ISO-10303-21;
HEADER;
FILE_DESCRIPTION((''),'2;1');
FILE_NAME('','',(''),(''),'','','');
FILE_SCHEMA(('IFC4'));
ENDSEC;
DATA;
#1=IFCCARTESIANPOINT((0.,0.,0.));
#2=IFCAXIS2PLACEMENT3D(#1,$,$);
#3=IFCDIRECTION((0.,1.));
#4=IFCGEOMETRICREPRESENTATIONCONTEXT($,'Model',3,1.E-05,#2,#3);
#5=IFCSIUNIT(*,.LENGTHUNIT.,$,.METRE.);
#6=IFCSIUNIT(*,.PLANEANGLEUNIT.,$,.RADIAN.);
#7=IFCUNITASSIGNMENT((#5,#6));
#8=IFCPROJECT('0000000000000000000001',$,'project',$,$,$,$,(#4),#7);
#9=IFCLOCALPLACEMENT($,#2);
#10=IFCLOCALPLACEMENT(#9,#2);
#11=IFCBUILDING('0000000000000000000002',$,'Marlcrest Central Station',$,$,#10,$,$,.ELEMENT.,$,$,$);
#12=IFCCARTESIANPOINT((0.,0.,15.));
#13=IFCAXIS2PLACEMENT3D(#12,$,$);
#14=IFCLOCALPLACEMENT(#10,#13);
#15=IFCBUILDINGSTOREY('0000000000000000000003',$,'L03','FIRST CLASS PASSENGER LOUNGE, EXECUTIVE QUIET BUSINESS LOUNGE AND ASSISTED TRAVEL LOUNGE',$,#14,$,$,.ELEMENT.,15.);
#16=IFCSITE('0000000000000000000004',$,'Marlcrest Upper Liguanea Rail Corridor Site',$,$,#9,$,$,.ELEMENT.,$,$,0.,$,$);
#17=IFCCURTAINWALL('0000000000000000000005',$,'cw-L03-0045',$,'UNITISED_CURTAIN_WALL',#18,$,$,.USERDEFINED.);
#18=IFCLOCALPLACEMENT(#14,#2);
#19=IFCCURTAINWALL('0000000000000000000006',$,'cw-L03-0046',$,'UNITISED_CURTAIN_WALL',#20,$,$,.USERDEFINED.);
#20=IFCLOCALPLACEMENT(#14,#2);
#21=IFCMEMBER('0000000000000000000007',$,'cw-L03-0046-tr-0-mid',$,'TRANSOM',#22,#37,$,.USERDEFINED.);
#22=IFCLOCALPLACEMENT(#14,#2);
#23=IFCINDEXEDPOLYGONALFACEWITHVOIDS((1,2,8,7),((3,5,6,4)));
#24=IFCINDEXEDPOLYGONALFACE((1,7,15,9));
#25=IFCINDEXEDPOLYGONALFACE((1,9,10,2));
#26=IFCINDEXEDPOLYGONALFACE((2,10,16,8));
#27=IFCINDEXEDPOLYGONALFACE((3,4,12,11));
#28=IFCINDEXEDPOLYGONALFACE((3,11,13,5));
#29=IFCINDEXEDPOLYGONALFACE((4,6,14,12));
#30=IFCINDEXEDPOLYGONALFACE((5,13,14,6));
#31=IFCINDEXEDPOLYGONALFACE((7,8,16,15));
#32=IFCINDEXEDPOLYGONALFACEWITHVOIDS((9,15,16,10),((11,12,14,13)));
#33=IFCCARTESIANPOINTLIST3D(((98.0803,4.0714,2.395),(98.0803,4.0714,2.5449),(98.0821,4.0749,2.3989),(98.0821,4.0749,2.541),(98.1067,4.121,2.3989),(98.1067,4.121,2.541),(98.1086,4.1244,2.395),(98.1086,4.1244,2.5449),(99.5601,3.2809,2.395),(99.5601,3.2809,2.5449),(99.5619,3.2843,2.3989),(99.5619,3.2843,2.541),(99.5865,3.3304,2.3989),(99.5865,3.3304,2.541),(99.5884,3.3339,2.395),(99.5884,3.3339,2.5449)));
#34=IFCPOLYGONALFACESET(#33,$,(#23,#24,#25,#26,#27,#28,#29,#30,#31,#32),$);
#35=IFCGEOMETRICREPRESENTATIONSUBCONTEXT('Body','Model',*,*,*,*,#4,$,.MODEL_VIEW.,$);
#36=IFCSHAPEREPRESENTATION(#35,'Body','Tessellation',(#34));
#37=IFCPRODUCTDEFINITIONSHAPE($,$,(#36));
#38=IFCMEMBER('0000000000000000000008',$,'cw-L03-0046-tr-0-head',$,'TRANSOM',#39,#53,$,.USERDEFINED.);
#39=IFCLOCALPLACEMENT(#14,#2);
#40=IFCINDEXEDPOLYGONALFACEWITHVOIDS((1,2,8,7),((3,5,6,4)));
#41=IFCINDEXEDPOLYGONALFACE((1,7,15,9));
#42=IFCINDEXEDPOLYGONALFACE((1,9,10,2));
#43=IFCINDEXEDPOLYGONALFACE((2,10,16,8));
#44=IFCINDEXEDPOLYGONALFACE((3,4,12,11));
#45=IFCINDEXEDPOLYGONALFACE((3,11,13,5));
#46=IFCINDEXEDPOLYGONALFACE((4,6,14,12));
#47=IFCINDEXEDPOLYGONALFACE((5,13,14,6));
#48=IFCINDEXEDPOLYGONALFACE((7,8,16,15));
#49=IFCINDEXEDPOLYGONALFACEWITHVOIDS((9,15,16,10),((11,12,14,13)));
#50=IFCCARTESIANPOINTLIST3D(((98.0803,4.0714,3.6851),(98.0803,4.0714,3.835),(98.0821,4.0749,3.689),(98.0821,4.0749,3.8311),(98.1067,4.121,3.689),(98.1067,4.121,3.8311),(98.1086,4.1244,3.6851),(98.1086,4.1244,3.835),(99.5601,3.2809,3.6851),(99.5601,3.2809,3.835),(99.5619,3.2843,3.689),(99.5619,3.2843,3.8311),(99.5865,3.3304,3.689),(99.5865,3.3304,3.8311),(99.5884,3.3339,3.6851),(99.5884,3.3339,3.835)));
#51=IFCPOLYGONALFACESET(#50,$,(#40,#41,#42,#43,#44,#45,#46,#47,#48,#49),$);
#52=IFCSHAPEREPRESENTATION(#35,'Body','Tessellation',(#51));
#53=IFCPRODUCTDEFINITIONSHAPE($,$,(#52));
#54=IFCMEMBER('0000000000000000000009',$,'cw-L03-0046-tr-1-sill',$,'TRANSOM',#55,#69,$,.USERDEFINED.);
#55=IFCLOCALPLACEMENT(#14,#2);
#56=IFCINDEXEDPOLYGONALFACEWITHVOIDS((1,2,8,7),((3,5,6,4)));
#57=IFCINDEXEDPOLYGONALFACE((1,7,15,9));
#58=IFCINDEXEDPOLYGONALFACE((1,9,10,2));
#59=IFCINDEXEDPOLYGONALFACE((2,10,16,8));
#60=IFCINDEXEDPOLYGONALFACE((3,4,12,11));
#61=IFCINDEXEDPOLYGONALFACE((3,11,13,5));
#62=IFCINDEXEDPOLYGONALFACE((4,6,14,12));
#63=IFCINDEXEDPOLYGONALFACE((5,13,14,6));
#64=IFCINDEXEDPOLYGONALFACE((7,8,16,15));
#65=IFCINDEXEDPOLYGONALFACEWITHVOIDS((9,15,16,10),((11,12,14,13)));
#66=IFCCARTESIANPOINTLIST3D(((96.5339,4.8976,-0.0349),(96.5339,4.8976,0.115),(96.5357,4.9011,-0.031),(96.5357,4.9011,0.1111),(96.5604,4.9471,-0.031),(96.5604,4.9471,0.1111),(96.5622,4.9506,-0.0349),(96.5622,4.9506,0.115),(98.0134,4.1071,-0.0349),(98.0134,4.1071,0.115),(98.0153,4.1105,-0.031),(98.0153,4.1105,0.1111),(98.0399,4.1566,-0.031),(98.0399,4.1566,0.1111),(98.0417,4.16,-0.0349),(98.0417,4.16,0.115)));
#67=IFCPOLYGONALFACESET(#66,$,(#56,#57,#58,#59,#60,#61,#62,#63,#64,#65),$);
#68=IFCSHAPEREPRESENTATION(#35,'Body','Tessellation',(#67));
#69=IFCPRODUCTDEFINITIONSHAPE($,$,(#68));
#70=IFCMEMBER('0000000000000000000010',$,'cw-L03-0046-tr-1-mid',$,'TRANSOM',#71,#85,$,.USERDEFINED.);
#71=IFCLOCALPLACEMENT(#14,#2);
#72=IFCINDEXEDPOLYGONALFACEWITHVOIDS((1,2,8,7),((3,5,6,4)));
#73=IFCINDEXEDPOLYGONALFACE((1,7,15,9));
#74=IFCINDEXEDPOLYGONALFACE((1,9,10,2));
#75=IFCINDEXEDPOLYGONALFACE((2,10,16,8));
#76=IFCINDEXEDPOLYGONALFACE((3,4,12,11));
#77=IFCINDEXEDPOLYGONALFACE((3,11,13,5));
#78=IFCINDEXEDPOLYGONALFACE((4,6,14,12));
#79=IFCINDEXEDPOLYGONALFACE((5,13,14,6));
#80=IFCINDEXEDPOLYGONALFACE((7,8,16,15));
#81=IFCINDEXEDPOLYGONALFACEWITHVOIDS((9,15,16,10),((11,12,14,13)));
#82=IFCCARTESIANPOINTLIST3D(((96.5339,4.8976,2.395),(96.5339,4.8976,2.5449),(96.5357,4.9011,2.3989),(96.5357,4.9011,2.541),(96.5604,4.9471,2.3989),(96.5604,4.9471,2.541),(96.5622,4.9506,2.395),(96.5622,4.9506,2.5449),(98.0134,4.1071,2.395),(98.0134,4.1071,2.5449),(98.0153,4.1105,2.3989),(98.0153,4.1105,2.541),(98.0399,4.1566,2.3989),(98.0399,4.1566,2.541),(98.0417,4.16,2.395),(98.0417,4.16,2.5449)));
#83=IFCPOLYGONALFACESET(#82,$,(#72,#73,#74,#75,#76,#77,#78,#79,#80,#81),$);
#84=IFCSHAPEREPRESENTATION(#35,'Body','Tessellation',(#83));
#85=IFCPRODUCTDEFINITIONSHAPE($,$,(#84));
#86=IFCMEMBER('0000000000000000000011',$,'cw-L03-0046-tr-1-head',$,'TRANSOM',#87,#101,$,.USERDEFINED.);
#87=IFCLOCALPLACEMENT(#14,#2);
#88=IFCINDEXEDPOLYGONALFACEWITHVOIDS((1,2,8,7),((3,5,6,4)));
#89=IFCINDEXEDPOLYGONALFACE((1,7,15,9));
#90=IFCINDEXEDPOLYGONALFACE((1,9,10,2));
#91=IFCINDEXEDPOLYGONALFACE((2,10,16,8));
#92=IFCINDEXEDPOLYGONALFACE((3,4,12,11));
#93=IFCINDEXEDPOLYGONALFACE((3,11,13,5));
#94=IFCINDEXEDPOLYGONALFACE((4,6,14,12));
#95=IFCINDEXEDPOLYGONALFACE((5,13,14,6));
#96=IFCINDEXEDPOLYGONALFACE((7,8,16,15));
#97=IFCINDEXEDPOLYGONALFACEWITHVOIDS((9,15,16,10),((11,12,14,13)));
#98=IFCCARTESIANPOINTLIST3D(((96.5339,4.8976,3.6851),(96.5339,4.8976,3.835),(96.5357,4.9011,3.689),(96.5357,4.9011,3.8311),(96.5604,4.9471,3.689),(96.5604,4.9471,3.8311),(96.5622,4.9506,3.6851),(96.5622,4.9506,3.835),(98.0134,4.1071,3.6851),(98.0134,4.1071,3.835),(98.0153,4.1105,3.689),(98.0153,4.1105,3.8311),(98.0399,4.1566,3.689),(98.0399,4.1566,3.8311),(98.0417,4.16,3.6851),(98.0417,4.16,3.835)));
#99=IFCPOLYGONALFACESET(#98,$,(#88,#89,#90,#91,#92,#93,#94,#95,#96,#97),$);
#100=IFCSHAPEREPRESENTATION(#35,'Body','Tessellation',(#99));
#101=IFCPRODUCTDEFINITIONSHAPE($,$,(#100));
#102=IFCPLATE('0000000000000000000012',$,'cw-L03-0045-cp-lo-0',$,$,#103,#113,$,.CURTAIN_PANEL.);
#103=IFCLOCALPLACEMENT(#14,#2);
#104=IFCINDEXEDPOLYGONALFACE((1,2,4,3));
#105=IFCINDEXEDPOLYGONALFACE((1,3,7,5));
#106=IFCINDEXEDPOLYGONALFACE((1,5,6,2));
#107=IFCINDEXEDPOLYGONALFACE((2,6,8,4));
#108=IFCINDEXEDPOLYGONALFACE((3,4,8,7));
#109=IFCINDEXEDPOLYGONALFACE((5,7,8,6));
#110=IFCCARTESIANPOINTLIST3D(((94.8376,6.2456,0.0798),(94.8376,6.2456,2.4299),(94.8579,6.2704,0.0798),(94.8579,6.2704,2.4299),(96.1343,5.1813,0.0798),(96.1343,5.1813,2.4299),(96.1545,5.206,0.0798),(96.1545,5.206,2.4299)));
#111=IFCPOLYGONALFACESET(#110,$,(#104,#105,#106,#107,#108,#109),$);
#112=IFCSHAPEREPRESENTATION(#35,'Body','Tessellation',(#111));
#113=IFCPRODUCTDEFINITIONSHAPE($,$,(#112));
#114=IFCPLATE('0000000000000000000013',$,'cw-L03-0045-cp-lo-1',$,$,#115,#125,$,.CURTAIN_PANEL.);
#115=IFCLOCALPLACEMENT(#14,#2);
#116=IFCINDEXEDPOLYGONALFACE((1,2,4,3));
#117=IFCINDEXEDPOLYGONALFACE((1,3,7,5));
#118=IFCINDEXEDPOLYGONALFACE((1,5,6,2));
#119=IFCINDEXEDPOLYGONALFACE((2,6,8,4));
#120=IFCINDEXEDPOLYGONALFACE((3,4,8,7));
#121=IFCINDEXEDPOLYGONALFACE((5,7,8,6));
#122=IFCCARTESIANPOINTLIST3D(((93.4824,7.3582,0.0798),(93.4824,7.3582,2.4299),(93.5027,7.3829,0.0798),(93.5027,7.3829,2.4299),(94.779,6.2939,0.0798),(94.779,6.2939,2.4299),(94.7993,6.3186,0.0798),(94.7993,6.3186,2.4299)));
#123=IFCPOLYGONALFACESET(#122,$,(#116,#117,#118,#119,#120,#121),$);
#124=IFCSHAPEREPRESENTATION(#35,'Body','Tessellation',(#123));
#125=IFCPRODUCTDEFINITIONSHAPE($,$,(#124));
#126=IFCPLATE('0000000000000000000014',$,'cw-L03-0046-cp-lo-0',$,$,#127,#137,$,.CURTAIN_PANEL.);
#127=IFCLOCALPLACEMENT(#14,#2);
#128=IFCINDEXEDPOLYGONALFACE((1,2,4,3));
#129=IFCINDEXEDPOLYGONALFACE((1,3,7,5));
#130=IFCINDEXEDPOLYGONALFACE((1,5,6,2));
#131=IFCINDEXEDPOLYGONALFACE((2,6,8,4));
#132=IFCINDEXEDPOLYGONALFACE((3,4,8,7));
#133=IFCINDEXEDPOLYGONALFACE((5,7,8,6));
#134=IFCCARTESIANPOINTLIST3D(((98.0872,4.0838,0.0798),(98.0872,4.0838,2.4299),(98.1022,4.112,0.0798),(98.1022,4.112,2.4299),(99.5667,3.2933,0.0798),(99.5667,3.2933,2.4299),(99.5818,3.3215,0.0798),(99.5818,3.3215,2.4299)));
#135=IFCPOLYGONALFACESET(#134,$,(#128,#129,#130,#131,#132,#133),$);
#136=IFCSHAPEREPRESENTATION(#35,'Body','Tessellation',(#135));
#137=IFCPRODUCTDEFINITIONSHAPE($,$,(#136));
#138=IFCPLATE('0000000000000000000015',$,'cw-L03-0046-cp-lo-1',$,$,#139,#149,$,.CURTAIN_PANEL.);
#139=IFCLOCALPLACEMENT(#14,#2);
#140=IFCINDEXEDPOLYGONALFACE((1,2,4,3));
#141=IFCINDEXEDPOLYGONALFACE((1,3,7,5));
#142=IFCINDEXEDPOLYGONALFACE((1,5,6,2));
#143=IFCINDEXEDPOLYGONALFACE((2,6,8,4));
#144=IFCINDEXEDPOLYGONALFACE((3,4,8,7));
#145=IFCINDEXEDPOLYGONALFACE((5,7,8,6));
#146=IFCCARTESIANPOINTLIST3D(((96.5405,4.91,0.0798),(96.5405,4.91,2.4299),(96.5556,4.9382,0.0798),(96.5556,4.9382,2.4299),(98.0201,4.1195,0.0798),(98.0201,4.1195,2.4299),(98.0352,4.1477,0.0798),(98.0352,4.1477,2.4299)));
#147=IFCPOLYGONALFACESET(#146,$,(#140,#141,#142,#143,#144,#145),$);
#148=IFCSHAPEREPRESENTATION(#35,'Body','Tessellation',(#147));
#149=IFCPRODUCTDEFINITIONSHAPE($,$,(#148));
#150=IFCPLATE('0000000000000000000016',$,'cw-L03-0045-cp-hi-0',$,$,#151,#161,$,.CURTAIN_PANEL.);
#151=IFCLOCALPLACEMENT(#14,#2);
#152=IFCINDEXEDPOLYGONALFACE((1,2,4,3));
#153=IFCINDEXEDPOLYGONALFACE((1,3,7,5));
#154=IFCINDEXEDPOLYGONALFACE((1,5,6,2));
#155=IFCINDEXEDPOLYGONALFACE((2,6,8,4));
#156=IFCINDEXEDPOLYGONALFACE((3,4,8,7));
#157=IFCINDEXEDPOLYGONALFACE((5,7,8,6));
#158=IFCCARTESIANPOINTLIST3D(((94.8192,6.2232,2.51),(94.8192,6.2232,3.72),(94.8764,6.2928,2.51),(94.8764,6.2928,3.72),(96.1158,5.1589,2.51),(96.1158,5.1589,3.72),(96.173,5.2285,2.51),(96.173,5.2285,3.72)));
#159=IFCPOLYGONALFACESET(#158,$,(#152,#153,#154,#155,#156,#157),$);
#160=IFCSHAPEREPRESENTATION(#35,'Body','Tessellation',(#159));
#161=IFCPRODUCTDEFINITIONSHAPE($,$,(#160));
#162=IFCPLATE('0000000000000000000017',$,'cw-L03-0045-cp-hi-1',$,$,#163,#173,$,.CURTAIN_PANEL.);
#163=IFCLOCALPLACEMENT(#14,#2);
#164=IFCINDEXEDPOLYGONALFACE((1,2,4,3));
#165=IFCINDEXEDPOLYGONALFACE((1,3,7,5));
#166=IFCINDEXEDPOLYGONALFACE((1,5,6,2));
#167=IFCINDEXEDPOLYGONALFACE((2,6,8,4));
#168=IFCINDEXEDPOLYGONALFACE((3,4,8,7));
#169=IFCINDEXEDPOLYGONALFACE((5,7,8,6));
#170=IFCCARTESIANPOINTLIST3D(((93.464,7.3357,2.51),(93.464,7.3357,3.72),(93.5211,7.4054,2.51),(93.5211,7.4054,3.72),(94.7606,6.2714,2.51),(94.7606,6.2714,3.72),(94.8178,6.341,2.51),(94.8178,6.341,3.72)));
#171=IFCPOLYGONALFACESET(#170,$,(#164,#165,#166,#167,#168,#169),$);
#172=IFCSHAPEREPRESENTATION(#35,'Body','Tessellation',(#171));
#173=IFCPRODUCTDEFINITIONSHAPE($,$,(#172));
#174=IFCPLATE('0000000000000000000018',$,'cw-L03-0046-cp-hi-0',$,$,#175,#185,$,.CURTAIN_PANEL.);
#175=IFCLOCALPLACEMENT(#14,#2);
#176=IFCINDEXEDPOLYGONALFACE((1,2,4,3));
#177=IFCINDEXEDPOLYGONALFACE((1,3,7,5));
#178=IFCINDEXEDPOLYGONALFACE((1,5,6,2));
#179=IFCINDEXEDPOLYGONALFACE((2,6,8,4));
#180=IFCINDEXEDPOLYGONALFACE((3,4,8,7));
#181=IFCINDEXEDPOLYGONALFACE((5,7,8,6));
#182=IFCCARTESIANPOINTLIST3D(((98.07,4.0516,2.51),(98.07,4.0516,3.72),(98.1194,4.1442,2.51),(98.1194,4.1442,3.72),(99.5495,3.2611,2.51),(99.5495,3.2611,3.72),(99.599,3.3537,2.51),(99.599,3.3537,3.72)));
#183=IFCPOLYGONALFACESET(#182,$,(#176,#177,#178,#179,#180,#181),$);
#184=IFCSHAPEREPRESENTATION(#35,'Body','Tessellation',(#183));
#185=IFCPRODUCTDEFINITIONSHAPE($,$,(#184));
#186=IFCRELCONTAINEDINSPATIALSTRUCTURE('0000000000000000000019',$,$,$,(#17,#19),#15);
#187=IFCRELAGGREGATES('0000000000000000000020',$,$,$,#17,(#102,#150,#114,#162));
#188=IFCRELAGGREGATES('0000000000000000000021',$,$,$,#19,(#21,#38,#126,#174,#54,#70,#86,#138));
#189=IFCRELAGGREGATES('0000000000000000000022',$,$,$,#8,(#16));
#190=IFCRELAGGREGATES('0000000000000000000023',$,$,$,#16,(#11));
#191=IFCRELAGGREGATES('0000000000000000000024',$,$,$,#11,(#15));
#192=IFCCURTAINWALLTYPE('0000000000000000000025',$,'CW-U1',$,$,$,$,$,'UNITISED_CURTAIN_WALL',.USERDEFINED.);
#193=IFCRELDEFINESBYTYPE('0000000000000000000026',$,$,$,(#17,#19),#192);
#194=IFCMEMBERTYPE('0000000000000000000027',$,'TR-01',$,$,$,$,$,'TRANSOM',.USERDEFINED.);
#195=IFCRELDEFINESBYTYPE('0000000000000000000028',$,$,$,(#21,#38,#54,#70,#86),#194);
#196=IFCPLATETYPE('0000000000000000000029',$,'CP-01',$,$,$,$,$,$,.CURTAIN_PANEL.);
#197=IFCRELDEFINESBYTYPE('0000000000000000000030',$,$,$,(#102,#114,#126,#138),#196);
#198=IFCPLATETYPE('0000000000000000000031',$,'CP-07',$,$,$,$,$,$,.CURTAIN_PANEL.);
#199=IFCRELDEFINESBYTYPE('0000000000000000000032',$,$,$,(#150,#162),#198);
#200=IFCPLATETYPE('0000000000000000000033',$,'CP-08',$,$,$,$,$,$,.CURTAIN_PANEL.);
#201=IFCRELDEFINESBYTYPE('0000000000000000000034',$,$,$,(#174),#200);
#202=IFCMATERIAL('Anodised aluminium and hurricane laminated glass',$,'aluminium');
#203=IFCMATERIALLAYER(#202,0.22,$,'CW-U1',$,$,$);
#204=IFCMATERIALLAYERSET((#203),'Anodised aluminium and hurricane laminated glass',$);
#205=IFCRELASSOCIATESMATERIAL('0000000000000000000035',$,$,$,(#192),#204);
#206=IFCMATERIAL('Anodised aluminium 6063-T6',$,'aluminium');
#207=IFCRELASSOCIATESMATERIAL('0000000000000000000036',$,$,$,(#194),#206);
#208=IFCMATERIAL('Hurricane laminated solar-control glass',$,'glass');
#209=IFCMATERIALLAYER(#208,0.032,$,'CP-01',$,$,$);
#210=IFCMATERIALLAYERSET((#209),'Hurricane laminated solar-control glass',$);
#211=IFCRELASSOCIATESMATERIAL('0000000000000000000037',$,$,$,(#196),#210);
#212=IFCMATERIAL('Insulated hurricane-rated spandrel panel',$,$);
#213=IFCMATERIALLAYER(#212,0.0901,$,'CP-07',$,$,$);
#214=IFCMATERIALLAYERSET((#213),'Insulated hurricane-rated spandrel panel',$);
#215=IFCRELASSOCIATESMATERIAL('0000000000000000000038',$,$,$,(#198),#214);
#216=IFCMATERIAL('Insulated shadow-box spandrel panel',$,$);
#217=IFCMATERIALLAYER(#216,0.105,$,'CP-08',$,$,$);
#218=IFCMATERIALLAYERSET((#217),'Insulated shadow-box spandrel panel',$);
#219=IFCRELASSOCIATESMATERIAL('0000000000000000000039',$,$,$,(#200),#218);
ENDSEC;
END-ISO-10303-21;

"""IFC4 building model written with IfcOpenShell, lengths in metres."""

from ifc_helpers import new_model, si_unit, direction, frame, origin, origin_2d, place, context, subcontext, project, spatial, rectangle, hollow_rectangle, extrude, material, layer, layer_set, material_profile, profile_set, type_object, element, aggregate, save


model = new_model("IFC4")

# Units and contexts
model_context = context("Model", 3, precision=1e-05, world=origin(), true_north=direction((0.0, 1.0)))
body_context = subcontext(model_context, "Body", "Model", "MODEL_VIEW")
ifc_project = project(units=[si_unit("LENGTHUNIT", "METRE"), si_unit("PLANEANGLEUNIT", "RADIAN")], contexts=[model_context])

# Site, building, storey
site_placement = place(None, origin())
site = spatial("IfcSite", under=ifc_project, at=site_placement, Name="Marlcrest Upper Liguanea Rail Corridor Site", CompositionType="ELEMENT", RefElevation=0.0)
building_placement = place(site_placement, origin())
building = spatial("IfcBuilding", under=site, at=building_placement, Name="Marlcrest Central Station", CompositionType="ELEMENT")
storey_placement = place(building_placement, frame((0.0, 0.0, 15.0)))
storey = spatial("IfcBuildingStorey", under=building, at=storey_placement, Name="L03", Description="FIRST CLASS PASSENGER LOUNGE, EXECUTIVE QUIET BUSINESS LOUNGE AND ASSISTED TRAVEL LOUNGE", CompositionType="ELEMENT", Elevation=15.0)

# Curtain walls
ifc_material_1 = material(Name="Anodised aluminium and hurricane laminated glass", Category="aluminium")
ifc_layer_1 = layer(ifc_material_1, 0.22, Name="CW-U1")
ifc_layer_set_1 = layer_set([ifc_layer_1], Name="Anodised aluminium and hurricane laminated glass")
curtain_wall_type = type_object("IfcCurtainWallType", Name="CW-U1", ElementType="UNITISED_CURTAIN_WALL", PredefinedType="USERDEFINED", material=ifc_layer_set_1)
curtain_wall_1_placement = place(storey_placement, origin())
curtain_wall_1 = element("IfcCurtainWall", 1, at=curtain_wall_1_placement, inside=storey, type_object=curtain_wall_type, Name="cw-L03-0045", ObjectType="UNITISED_CURTAIN_WALL", PredefinedType="USERDEFINED")
ifc_material_2 = material(Name="Anodised aluminium 6063-T6", Category="aluminium")
curtain_wall_2_placement = place(storey_placement, origin())
curtain_wall_2 = element("IfcCurtainWall", 2, at=curtain_wall_2_placement, inside=storey, type_object=curtain_wall_type, Name="cw-L03-0046", ObjectType="UNITISED_CURTAIN_WALL", PredefinedType="USERDEFINED")

# Members
ifc_material_profile_1 = material_profile(ifc_material_2, hollow_rectangle(XDim=0.0601, YDim=0.1499, WallThickness=0.0039, at=origin_2d()), Name="AA-RHS 150x60x4")
ifc_profile_set_1 = profile_set([ifc_material_profile_1], Name="Anodised aluminium 6063-T6")
member_type_1 = type_object("IfcMemberType", Name="TR-01", ElementType="TRANSOM", PredefinedType="USERDEFINED", material=ifc_profile_set_1)
member_1_placement = place(storey_placement, frame((99.5742, 3.3074, 2.47), z_axis=(-0.882022, 0.471207, 0.0), x_axis=(-0.471207, -0.882022, 0.0)))
member_1 = element("IfcMember", 3, at=member_1_placement, type_object=member_type_1, Name="cw-L03-0046-tr-0-mid", ObjectType="TRANSOM", PredefinedType="USERDEFINED", context=body_context, shape_type="SweptSolid", body=[
    extrude(hollow_rectangle(XDim=0.0601, YDim=0.1499, WallThickness=0.0039, at=origin_2d()), origin(), (0.0, 0.0, 1.0), 1.6777),
])
member_2_placement = place(storey_placement, frame((99.5742, 3.3074, 3.76), z_axis=(-0.882022, 0.471207, 0.0), x_axis=(-0.471207, -0.882022, 0.0)))
member_2 = element("IfcMember", 4, at=member_2_placement, type_object=member_type_1, Name="cw-L03-0046-tr-0-head", ObjectType="TRANSOM", PredefinedType="USERDEFINED", context=body_context, shape_type="SweptSolid", body=[
    extrude(hollow_rectangle(XDim=0.0601, YDim=0.1499, WallThickness=0.0039, at=origin_2d()), origin(), (0.0, 0.0, 1.0), 1.6777),
])
member_3_placement = place(storey_placement, frame((98.0276, 4.1335, 0.04), z_axis=(-0.88199, 0.471268, 0.0), x_axis=(-0.471268, -0.88199, 0.0)))
member_3 = element("IfcMember", 5, at=member_3_placement, type_object=member_type_1, Name="cw-L03-0046-tr-1-sill", ObjectType="TRANSOM", PredefinedType="USERDEFINED", context=body_context, shape_type="SweptSolid", body=[
    extrude(hollow_rectangle(XDim=0.0601, YDim=0.1499, WallThickness=0.0039, at=origin_2d()), origin(), (0.0, 0.0, 1.0), 1.6775),
])
member_4_placement = place(storey_placement, frame((98.0276, 4.1335, 2.47), z_axis=(-0.88199, 0.471268, 0.0), x_axis=(-0.471268, -0.88199, 0.0)))
member_4 = element("IfcMember", 6, at=member_4_placement, type_object=member_type_1, Name="cw-L03-0046-tr-1-mid", ObjectType="TRANSOM", PredefinedType="USERDEFINED", context=body_context, shape_type="SweptSolid", body=[
    extrude(hollow_rectangle(XDim=0.0601, YDim=0.1499, WallThickness=0.0039, at=origin_2d()), origin(), (0.0, 0.0, 1.0), 1.6775),
])
member_5_placement = place(storey_placement, frame((98.0276, 4.1335, 3.76), z_axis=(-0.88199, 0.471268, 0.0), x_axis=(-0.471268, -0.88199, 0.0)))
member_5 = element("IfcMember", 7, at=member_5_placement, type_object=member_type_1, Name="cw-L03-0046-tr-1-head", ObjectType="TRANSOM", PredefinedType="USERDEFINED", context=body_context, shape_type="SweptSolid", body=[
    extrude(hollow_rectangle(XDim=0.0601, YDim=0.1499, WallThickness=0.0039, at=origin_2d()), origin(), (0.0, 0.0, 1.0), 1.6775),
])

# Plates
ifc_material_3 = material(Name="Hurricane laminated solar-control glass", Category="glass")
ifc_layer_2 = layer(ifc_material_3, 0.032, Name="CP-01")
ifc_layer_set_2 = layer_set([ifc_layer_2], Name="Hurricane laminated solar-control glass")
plate_type_1 = type_object("IfcPlateType", Name="CP-01", PredefinedType="CURTAIN_PANEL", material=ifc_layer_set_2)
plate_1_placement = place(storey_placement, frame((95.4961, 5.7258, 0.0798), z_axis=(0.0, 0.0, 1.0), x_axis=(-0.772944, 0.634474, 0.0)))
plate_1 = element("IfcPlate", 8, at=plate_1_placement, type_object=plate_type_1, Name="cw-L03-0045-cp-lo-0", PredefinedType="CURTAIN_PANEL", context=body_context, shape_type="SweptSolid", body=[
    extrude(rectangle(XDim=1.6775, YDim=0.032, at=origin_2d()), origin(), (0.0, 0.0, 1.0), 2.3501),
])
plate_2_placement = place(storey_placement, frame((94.1409, 6.8384, 0.0798), z_axis=(0.0, 0.0, 1.0), x_axis=(-0.772944, 0.634474, 0.0)))
plate_2 = element("IfcPlate", 9, at=plate_2_placement, type_object=plate_type_1, Name="cw-L03-0045-cp-lo-1", PredefinedType="CURTAIN_PANEL", context=body_context, shape_type="SweptSolid", body=[
    extrude(rectangle(XDim=1.6775, YDim=0.032, at=origin_2d()), origin(), (0.0, 0.0, 1.0), 2.3501),
])
plate_3_placement = place(storey_placement, frame((98.8345, 3.7026, 0.0798), z_axis=(0.0, 0.0, 1.0), x_axis=(-0.882004, 0.471243, 0.0)))
plate_3 = element("IfcPlate", 10, at=plate_3_placement, type_object=plate_type_1, Name="cw-L03-0046-cp-lo-0", PredefinedType="CURTAIN_PANEL", context=body_context, shape_type="SweptSolid", body=[
    extrude(rectangle(XDim=1.6775, YDim=0.032, at=origin_2d()), origin(), (0.0, 0.0, 1.0), 2.3501),
])
plate_4_placement = place(storey_placement, frame((97.2878, 4.5288, 0.0798), z_axis=(0.0, 0.0, 1.0), x_axis=(-0.882004, 0.471243, 0.0)))
plate_4 = element("IfcPlate", 11, at=plate_4_placement, type_object=plate_type_1, Name="cw-L03-0046-cp-lo-1", PredefinedType="CURTAIN_PANEL", context=body_context, shape_type="SweptSolid", body=[
    extrude(rectangle(XDim=1.6775, YDim=0.032, at=origin_2d()), origin(), (0.0, 0.0, 1.0), 2.3501),
])
ifc_material_4 = material(Name="Insulated hurricane-rated spandrel panel")
ifc_layer_3 = layer(ifc_material_4, 0.0901, Name="CP-07")
ifc_layer_set_3 = layer_set([ifc_layer_3], Name="Insulated hurricane-rated spandrel panel")
plate_type_2 = type_object("IfcPlateType", Name="CP-07", PredefinedType="CURTAIN_PANEL", material=ifc_layer_set_3)
plate_5_placement = place(storey_placement, frame((95.4961, 5.7258, 2.51), z_axis=(0.0, 0.0, 1.0), x_axis=(-0.772944, 0.634474, 0.0)))
plate_5 = element("IfcPlate", 12, at=plate_5_placement, type_object=plate_type_2, Name="cw-L03-0045-cp-hi-0", PredefinedType="CURTAIN_PANEL", context=body_context, shape_type="SweptSolid", body=[
    extrude(rectangle(XDim=1.6775, YDim=0.0901, at=origin_2d()), origin(), (0.0, 0.0, 1.0), 1.21),
])
plate_6_placement = place(storey_placement, frame((94.1409, 6.8384, 2.51), z_axis=(0.0, 0.0, 1.0), x_axis=(-0.772944, 0.634474, 0.0)))
plate_6 = element("IfcPlate", 13, at=plate_6_placement, type_object=plate_type_2, Name="cw-L03-0045-cp-hi-1", PredefinedType="CURTAIN_PANEL", context=body_context, shape_type="SweptSolid", body=[
    extrude(rectangle(XDim=1.6775, YDim=0.0901, at=origin_2d()), origin(), (0.0, 0.0, 1.0), 1.21),
])
aggregate(curtain_wall_1, [plate_1, plate_5, plate_2, plate_6])
ifc_material_5 = material(Name="Insulated shadow-box spandrel panel")
ifc_layer_4 = layer(ifc_material_5, 0.105, Name="CP-08")
ifc_layer_set_4 = layer_set([ifc_layer_4], Name="Insulated shadow-box spandrel panel")
plate_type_3 = type_object("IfcPlateType", Name="CP-08", PredefinedType="CURTAIN_PANEL", material=ifc_layer_set_4)
plate_7_placement = place(storey_placement, frame((98.8345, 3.7026, 2.51), z_axis=(0.0, 0.0, 1.0), x_axis=(-0.882004, 0.471243, 0.0)))
plate_7 = element("IfcPlate", 14, at=plate_7_placement, type_object=plate_type_3, Name="cw-L03-0046-cp-hi-0", PredefinedType="CURTAIN_PANEL", context=body_context, shape_type="SweptSolid", body=[
    extrude(rectangle(XDim=1.6775, YDim=0.105, at=origin_2d()), origin(), (0.0, 0.0, 1.0), 1.21),
])
aggregate(curtain_wall_2, [member_1, member_2, plate_3, plate_7, member_3, member_4, member_5, plate_4])

save(model, "model.ifc")
